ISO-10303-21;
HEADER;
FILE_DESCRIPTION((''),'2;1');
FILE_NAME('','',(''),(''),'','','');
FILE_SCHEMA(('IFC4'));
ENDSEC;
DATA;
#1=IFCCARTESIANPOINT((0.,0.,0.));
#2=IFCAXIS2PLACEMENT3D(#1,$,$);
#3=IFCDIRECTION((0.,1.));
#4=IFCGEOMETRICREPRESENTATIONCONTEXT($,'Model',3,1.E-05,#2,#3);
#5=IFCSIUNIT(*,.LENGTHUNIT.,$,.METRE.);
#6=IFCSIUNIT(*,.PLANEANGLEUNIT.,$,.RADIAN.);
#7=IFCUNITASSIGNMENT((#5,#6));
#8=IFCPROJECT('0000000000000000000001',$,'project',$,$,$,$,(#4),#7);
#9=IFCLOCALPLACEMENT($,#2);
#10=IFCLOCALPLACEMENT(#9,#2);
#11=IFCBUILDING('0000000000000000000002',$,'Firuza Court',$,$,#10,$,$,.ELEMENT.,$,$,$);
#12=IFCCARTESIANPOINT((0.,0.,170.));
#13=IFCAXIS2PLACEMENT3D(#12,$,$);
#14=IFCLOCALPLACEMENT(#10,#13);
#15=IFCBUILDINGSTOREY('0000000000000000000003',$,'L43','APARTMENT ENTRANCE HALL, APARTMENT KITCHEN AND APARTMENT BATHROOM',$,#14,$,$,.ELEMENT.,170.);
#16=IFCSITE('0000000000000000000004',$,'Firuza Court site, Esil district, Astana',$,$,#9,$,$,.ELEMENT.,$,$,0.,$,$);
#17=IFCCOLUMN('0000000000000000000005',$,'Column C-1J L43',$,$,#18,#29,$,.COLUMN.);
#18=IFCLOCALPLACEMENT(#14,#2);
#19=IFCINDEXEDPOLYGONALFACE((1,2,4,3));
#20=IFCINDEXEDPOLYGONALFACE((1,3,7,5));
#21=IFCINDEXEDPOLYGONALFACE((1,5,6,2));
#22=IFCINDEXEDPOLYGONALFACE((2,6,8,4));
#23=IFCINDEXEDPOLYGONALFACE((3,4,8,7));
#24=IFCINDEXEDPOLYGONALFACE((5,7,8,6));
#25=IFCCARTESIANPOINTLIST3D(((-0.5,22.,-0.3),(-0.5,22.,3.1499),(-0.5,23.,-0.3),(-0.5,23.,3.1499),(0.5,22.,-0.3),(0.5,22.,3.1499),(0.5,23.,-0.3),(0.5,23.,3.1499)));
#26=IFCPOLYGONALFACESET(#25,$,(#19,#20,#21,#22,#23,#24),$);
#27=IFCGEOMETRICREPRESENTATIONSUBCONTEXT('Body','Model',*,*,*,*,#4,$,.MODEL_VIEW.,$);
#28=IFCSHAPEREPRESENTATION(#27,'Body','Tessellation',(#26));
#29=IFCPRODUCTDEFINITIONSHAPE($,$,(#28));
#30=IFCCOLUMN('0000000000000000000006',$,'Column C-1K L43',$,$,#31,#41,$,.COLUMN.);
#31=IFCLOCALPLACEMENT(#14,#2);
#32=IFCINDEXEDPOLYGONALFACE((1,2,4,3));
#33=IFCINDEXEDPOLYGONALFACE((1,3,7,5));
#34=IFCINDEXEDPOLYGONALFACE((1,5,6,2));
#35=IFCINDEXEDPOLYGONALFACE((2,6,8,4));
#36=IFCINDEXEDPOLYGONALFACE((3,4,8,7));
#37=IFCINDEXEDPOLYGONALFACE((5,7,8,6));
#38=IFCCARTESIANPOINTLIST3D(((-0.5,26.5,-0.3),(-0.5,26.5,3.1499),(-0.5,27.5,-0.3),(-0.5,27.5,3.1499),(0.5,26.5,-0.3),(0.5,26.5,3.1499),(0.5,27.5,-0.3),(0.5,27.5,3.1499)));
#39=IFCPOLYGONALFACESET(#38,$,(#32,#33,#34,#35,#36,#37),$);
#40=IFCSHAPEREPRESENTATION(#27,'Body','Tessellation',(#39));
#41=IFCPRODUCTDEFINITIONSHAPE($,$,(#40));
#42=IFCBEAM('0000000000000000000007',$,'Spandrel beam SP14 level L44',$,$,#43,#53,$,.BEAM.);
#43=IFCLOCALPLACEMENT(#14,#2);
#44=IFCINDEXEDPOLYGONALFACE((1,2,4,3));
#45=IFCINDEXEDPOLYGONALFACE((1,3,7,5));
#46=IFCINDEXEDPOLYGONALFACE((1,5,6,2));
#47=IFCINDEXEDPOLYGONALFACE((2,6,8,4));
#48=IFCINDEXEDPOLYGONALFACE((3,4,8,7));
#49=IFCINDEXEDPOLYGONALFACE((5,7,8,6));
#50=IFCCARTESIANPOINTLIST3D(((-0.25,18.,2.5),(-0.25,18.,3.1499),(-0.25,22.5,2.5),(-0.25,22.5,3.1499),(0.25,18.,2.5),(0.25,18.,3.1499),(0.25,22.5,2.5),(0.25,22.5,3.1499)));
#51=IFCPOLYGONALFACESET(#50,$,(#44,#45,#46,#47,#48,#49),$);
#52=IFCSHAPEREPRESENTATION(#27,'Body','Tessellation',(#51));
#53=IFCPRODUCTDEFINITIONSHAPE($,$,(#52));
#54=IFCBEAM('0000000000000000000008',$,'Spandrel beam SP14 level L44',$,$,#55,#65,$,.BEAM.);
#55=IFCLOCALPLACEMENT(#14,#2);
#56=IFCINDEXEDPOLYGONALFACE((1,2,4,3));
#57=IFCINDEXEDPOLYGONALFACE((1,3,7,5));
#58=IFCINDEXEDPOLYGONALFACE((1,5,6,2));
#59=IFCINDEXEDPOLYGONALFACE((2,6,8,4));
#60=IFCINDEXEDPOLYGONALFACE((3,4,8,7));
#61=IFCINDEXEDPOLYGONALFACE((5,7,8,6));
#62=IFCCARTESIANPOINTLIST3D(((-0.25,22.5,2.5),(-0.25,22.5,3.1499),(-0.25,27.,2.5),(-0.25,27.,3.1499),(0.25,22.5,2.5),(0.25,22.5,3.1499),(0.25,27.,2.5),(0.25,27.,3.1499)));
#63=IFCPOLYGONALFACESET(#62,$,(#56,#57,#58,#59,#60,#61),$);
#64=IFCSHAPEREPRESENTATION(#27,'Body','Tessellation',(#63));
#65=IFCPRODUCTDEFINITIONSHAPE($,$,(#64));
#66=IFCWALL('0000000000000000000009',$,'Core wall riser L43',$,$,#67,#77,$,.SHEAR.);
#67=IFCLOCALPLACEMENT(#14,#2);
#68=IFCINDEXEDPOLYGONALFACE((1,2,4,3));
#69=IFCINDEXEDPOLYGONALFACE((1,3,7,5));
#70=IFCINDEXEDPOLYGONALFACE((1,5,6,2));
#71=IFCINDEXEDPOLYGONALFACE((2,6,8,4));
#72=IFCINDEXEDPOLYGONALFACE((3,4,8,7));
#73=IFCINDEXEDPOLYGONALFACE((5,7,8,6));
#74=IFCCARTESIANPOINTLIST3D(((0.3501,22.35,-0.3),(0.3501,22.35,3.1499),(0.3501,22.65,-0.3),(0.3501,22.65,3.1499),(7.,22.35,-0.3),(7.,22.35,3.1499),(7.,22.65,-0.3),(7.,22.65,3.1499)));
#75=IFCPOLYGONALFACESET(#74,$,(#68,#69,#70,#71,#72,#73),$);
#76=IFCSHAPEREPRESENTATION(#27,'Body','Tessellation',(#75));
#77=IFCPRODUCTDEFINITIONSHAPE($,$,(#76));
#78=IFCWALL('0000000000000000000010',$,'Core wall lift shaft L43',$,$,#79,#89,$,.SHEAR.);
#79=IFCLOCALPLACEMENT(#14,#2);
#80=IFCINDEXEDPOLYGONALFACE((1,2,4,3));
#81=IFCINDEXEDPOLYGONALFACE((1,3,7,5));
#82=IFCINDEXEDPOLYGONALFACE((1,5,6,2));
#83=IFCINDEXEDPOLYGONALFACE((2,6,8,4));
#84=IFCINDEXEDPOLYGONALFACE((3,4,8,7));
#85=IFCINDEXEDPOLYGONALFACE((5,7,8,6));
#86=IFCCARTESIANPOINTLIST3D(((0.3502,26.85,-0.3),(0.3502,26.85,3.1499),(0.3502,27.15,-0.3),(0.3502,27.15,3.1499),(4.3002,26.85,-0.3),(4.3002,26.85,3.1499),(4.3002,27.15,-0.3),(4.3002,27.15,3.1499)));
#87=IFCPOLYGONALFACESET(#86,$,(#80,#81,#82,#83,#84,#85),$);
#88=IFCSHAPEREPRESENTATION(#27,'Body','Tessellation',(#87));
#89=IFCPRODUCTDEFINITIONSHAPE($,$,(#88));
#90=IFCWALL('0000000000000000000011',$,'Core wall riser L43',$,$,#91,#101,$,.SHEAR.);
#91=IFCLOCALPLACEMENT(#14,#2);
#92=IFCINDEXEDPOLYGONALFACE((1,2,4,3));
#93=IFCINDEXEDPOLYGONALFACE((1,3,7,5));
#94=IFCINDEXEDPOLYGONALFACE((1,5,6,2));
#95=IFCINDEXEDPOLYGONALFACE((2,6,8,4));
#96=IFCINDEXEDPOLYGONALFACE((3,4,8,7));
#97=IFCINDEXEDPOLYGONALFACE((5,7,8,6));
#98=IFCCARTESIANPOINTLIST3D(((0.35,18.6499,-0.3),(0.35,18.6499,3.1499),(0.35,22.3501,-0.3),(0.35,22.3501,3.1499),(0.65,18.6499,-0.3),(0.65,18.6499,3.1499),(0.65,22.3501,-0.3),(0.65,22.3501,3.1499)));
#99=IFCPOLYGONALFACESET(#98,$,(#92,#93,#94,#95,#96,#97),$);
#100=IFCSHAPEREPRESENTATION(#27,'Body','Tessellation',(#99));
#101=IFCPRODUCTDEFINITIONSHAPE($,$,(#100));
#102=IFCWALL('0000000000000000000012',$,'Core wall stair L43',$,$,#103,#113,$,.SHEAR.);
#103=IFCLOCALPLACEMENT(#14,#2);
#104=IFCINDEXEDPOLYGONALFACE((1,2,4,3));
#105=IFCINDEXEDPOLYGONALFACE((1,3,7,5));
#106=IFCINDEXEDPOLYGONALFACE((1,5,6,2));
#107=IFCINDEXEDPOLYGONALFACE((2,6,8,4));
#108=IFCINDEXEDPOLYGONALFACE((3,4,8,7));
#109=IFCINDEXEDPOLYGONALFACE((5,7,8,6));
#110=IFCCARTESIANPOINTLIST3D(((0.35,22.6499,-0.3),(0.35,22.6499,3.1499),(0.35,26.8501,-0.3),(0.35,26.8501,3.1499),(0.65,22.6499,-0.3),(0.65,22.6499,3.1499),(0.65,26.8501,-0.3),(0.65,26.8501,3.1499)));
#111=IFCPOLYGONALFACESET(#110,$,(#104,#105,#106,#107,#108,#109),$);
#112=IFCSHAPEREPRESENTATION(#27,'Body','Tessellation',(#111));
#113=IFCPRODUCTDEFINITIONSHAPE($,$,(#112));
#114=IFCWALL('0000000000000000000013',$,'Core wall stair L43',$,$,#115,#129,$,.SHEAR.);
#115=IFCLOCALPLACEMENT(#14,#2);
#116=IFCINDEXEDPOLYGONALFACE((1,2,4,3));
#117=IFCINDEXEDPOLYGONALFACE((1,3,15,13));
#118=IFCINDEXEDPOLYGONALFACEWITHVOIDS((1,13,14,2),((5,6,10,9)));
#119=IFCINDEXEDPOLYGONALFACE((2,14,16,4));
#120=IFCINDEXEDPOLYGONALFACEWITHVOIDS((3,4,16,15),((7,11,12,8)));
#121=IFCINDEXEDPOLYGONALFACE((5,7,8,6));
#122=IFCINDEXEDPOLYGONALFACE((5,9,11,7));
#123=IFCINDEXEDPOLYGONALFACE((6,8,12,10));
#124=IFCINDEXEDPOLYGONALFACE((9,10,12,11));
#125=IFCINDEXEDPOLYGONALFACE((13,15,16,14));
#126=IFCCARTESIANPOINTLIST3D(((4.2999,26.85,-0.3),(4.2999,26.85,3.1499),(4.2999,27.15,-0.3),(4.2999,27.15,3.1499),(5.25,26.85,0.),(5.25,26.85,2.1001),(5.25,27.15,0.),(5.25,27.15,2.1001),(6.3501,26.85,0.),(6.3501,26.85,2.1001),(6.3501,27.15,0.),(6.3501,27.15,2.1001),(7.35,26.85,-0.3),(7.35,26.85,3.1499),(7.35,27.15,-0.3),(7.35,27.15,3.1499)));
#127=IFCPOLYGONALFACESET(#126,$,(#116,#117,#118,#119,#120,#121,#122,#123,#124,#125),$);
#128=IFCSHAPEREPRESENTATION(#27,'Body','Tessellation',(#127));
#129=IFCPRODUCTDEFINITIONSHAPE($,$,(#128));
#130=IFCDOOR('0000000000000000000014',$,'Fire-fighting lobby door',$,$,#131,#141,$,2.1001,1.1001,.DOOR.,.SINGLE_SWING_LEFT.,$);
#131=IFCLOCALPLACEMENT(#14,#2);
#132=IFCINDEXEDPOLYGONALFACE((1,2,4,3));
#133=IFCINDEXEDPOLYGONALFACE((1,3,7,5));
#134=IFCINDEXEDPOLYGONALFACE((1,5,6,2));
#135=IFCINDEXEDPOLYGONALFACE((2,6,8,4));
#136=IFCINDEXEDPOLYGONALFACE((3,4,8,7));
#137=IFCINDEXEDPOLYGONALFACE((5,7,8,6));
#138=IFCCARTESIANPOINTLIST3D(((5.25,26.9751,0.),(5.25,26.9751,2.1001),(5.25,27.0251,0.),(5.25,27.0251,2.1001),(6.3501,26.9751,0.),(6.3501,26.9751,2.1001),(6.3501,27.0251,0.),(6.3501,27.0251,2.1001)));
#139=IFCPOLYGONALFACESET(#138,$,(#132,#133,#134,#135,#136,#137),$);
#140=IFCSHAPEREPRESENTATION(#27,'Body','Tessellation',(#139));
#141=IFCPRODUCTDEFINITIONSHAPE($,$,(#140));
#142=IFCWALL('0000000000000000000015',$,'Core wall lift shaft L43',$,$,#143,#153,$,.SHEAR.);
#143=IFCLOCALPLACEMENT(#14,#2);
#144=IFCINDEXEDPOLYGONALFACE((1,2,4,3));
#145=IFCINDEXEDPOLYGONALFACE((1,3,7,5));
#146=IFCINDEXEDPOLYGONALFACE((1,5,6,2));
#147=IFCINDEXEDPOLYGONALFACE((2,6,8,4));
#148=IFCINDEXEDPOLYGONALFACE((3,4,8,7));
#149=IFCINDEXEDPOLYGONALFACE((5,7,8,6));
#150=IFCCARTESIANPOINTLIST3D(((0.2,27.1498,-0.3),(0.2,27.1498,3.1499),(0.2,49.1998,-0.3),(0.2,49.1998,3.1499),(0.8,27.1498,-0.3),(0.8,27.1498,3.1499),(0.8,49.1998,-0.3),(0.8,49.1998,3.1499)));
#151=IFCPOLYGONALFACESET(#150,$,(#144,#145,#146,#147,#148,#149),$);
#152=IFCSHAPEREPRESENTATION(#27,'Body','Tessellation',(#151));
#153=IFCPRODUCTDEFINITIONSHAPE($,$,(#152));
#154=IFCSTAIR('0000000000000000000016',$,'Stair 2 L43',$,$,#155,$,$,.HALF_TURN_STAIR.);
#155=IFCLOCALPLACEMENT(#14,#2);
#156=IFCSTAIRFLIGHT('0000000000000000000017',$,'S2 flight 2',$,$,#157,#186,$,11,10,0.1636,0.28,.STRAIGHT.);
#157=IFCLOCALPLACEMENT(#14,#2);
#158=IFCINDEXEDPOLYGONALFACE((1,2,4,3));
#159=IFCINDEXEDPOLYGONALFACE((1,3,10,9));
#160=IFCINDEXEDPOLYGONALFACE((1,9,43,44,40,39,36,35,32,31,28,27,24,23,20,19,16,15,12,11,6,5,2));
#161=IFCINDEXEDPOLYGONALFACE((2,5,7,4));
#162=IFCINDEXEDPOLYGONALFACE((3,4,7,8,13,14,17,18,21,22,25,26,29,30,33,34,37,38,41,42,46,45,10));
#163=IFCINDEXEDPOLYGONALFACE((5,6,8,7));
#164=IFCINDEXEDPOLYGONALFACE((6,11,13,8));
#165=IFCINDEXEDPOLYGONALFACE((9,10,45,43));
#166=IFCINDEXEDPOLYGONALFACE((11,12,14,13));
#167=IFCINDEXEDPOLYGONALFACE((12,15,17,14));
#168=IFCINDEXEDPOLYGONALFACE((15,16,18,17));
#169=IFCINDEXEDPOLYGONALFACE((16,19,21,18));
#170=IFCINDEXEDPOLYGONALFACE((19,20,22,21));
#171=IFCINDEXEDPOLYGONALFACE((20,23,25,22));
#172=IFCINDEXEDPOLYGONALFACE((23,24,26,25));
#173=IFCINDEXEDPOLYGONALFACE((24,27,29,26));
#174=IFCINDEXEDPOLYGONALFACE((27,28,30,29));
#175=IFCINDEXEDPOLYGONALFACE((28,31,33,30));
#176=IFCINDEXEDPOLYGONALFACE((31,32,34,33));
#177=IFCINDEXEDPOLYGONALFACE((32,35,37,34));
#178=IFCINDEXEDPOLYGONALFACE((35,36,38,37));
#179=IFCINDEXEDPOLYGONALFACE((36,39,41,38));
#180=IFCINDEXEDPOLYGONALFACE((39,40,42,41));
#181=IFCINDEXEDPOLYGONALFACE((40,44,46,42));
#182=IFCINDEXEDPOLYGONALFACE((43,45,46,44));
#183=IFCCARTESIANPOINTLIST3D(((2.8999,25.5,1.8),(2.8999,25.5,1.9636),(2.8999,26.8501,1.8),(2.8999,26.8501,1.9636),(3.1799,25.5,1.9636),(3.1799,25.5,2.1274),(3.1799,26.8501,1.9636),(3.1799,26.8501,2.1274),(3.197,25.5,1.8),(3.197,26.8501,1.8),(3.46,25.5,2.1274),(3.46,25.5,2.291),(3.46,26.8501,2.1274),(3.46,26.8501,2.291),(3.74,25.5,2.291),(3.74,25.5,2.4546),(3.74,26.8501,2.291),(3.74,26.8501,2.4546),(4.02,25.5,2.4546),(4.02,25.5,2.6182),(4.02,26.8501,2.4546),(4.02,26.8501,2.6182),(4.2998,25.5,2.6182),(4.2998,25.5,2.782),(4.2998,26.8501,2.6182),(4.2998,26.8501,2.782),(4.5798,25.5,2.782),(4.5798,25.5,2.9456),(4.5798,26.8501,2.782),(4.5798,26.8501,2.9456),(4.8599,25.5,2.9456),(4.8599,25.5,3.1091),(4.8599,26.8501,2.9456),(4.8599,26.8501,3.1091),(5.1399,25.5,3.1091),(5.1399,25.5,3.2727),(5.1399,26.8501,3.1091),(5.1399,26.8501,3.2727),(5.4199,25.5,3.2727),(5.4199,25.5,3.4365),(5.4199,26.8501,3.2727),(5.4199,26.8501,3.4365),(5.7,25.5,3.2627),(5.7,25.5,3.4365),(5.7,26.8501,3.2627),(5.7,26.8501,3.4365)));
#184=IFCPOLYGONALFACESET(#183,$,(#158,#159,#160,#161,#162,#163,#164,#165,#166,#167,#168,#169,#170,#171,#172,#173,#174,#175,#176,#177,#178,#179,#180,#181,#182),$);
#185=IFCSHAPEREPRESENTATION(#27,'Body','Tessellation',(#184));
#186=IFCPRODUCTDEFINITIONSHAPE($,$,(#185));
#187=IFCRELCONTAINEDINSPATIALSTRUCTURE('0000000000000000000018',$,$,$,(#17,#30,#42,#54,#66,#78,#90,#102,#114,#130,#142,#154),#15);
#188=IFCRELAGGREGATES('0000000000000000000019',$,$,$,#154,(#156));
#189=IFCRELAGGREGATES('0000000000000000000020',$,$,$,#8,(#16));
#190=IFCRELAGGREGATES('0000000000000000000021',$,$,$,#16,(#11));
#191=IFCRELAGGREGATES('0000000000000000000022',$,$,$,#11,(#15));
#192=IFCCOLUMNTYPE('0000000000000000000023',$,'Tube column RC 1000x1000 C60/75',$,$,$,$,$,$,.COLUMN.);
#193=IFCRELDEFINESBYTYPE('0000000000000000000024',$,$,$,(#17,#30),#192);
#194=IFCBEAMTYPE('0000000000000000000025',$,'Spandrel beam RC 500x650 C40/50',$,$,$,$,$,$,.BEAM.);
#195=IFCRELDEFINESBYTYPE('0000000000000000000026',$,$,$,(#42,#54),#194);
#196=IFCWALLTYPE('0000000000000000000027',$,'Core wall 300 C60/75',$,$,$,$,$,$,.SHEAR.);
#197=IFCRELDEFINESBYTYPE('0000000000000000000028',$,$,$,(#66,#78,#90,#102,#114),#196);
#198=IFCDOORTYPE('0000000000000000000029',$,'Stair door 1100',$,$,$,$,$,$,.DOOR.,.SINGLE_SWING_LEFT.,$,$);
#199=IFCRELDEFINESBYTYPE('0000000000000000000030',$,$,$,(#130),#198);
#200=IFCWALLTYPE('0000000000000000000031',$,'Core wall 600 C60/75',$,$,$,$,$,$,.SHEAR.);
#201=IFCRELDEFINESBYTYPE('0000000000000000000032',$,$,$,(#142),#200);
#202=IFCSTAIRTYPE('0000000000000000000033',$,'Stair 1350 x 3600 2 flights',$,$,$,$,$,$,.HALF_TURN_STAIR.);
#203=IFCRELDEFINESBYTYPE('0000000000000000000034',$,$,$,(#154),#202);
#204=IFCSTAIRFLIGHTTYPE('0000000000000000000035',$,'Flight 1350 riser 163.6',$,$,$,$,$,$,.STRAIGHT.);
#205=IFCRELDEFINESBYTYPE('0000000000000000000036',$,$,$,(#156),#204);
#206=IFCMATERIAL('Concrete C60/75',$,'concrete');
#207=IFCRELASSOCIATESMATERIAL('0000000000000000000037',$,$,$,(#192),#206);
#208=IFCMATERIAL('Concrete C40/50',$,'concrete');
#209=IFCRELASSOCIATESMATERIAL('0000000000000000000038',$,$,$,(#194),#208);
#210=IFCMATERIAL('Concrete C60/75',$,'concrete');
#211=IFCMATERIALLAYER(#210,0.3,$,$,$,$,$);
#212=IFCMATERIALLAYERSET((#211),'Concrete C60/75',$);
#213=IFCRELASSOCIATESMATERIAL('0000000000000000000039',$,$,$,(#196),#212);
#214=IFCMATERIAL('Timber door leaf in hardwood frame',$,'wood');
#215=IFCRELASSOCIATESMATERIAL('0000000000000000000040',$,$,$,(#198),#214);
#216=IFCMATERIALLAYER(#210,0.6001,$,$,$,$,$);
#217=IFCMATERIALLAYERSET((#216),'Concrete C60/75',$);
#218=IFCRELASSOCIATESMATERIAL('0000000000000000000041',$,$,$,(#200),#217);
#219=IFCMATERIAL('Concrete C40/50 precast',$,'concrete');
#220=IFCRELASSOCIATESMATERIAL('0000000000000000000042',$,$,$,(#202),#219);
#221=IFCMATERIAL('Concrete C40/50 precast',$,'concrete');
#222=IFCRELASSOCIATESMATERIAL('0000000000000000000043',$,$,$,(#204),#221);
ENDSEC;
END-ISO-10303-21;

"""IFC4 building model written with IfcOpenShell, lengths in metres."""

from ifc_helpers import new_model, si_unit, direction, frame, frame_2d, origin, origin_2d, place, context, subcontext, project, spatial, polyline, rectangle, outline, extrude, material, layer, layer_set, material_profile, profile_set, type_object, element, fill, aggregate, save


model = new_model("IFC4")

# Units and contexts
model_context = context("Model", 3, precision=1e-05, world=origin(), true_north=direction((0.0, 1.0)))
body_context = subcontext(model_context, "Body", "Model", "MODEL_VIEW")
ifc_project = project(units=[si_unit("LENGTHUNIT", "METRE"), si_unit("PLANEANGLEUNIT", "RADIAN")], contexts=[model_context])

# Site, building, storey
site_placement = place(None, origin())
site = spatial("IfcSite", under=ifc_project, at=site_placement, Name="Firuza Court site, Esil district, Astana", CompositionType="ELEMENT", RefElevation=0.0)
building_placement = place(site_placement, origin())
building = spatial("IfcBuilding", under=site, at=building_placement, Name="Firuza Court", CompositionType="ELEMENT")
storey_placement = place(building_placement, frame((0.0, 0.0, 170.0)))
storey = spatial("IfcBuildingStorey", under=building, at=storey_placement, Name="L43", Description="APARTMENT ENTRANCE HALL, APARTMENT KITCHEN AND APARTMENT BATHROOM", CompositionType="ELEMENT", Elevation=170.0)

# Columns
ifc_material_1 = material(Name="Concrete C60/75", Category="concrete")
ifc_material_profile_1 = material_profile(ifc_material_1, rectangle(XDim=1.0, YDim=1.0, at=origin_2d()), Name="RC 1000x1000")
ifc_profile_set_1 = profile_set([ifc_material_profile_1], Name="Concrete C60/75")
column_type = type_object("IfcColumnType", Name="Tube column RC 1000x1000 C60/75", PredefinedType="COLUMN", material=ifc_profile_set_1)
for number, where, z_axis, x_axis, name in (
    (1, (0.0, 22.5, -0.3), (0.0, 0.0, 1.0), (1.0, 0.0, 0.0), "Column C-1J L43"),
    (2, (0.0, 27.0, -0.3), (0.0, 0.0, 1.0), (1.0, 0.0, 0.0), "Column C-1K L43"),
):
    element("IfcColumn", number, at=place(storey_placement, frame(where, z_axis=z_axis, x_axis=x_axis)), inside=storey, type_object=column_type, Name=name, PredefinedType="COLUMN", context=body_context, shape_type="SweptSolid", body=[
        extrude(rectangle(XDim=1.0, YDim=1.0, at=origin_2d()), origin(), (0.0, 0.0, 1.0), 3.45),
    ])

# Beams
ifc_material_2 = material(Name="Concrete C40/50", Category="concrete")
ifc_material_profile_2 = material_profile(ifc_material_2, rectangle(XDim=0.5, YDim=0.6499, at=origin_2d()), Name="RC 500x650")
ifc_profile_set_2 = profile_set([ifc_material_profile_2], Name="Concrete C40/50")
beam_type = type_object("IfcBeamType", Name="Spandrel beam RC 500x650 C40/50", PredefinedType="BEAM", material=ifc_profile_set_2)
for number, where, z_axis, x_axis, name in (
    (3, (0.0, 22.5, 2.825), (0.0, -1.0, 0.0), (1.0, 0.0, 0.0), "Spandrel beam SP14 level L44"),
    (4, (0.0, 27.0, 2.825), (0.0, -1.0, 0.0), (1.0, 0.0, 0.0), "Spandrel beam SP14 level L44"),
):
    element("IfcBeam", number, at=place(storey_placement, frame(where, z_axis=z_axis, x_axis=x_axis)), inside=storey, type_object=beam_type, Name=name, PredefinedType="BEAM", context=body_context, shape_type="SweptSolid", body=[
        extrude(rectangle(XDim=0.5, YDim=0.6499, at=origin_2d()), origin(), (0.0, 0.0, 1.0), 4.5),
    ])

# Walls
ifc_material_3 = material(Name="Concrete C60/75", Category="concrete")
ifc_layer_1 = layer(ifc_material_3, 0.3)
ifc_layer_set_1 = layer_set([ifc_layer_1], Name="Concrete C60/75")
wall_type_1 = type_object("IfcWallType", Name="Core wall 300 C60/75", PredefinedType="SHEAR", material=ifc_layer_set_1)
wall_1_placement = place(storey_placement, frame((0.3501, 22.5, -0.3), z_axis=(0.0, 0.0, 1.0), x_axis=(1.0, 0.0, 0.0)))
element("IfcWall", 5, at=wall_1_placement, inside=storey, type_object=wall_type_1, Name="Core wall riser L43", PredefinedType="SHEAR", context=body_context, shape_type="SweptSolid", body=[
    extrude(rectangle(XDim=6.6499, YDim=0.3, at=frame_2d((3.325, 0.0))), origin(), (0.0, 0.0, 1.0), 3.45),
])
wall_2_placement = place(storey_placement, frame((0.3501, 27.0, -0.3), z_axis=(0.0, 0.0, 1.0), x_axis=(1.0, 0.0, 0.0)))
element("IfcWall", 6, at=wall_2_placement, inside=storey, type_object=wall_type_1, Name="Core wall lift shaft L43", PredefinedType="SHEAR", context=body_context, shape_type="SweptSolid", body=[
    extrude(rectangle(XDim=3.95, YDim=0.3, at=frame_2d((1.9751, 0.0))), origin(), (0.0, 0.0, 1.0), 3.45),
])
wall_3_placement = place(storey_placement, frame((0.5, 18.6499, -0.3), z_axis=(0.0, 0.0, 1.0), x_axis=(0.0, 1.0, 0.0)))
element("IfcWall", 7, at=wall_3_placement, inside=storey, type_object=wall_type_1, Name="Core wall riser L43", PredefinedType="SHEAR", context=body_context, shape_type="SweptSolid", body=[
    extrude(rectangle(XDim=3.7002, YDim=0.3, at=frame_2d((1.8501, 0.0))), origin(), (0.0, 0.0, 1.0), 3.45),
])
wall_4_placement = place(storey_placement, frame((0.5, 22.6499, -0.3), z_axis=(0.0, 0.0, 1.0), x_axis=(0.0, 1.0, 0.0)))
element("IfcWall", 8, at=wall_4_placement, inside=storey, type_object=wall_type_1, Name="Core wall stair L43", PredefinedType="SHEAR", context=body_context, shape_type="SweptSolid", body=[
    extrude(rectangle(XDim=4.2002, YDim=0.3, at=frame_2d((2.1001, 0.0))), origin(), (0.0, 0.0, 1.0), 3.45),
])

# Wall, opening, door
wall_5_placement = place(storey_placement, frame((4.3, 27.0, -0.3), z_axis=(0.0, 0.0, 1.0), x_axis=(1.0, 0.0, 0.0)))
wall_5 = element("IfcWall", 9, at=wall_5_placement, inside=storey, type_object=wall_type_1, Name="Core wall stair L43", PredefinedType="SHEAR", context=body_context, shape_type="SweptSolid", body=[
    extrude(rectangle(XDim=3.05, YDim=0.3, at=frame_2d((1.5249, 0.0))), origin(), (0.0, 0.0, 1.0), 3.45),
])
opening_placement = place(wall_5_placement, frame((0.95, 0.0, 0.3)))
opening = element("IfcOpeningElement", 10, at=opening_placement, cuts=wall_5, PredefinedType="OPENING", context=body_context, shape_type="SweptSolid", body=[
    extrude(rectangle(XDim=1.1001, YDim=2.1001, at=frame_2d((0.55, 1.05))), frame((0.0, 0.1621, 0.0), z_axis=(0.0, -1.0, 0.0), x_axis=(1.0, 0.0, 0.0)), (0.0, 0.0, 1.0), 0.324),
])
ifc_material_4 = material(Name="Timber door leaf in hardwood frame", Category="wood")
door_type = type_object("IfcDoorType", Name="Stair door 1100", OperationType="SINGLE_SWING_LEFT", PredefinedType="DOOR", material=ifc_material_4)
door_placement = place(opening_placement, frame((1.1001, 0.0, 0.0), z_axis=(0.0, 0.0, 1.0), x_axis=(-1.0, 0.0, 0.0)))
door = element("IfcDoor", 11, at=door_placement, inside=storey, type_object=door_type, Name="Fire-fighting lobby door", OperationType="SINGLE_SWING_LEFT", OverallHeight=2.1001, OverallWidth=1.1001, PredefinedType="DOOR", context=body_context, shape_type="SweptSolid", body=[
    extrude(rectangle(XDim=1.1001, YDim=2.1001, at=frame_2d((0.55, 1.05))), frame((0.0, 0.0249, 0.0), z_axis=(0.0, -1.0, 0.0), x_axis=(1.0, 0.0, 0.0)), (0.0, 0.0, 1.0), 0.05),
])
fill(opening, door)

# Wall
ifc_layer_2 = layer(ifc_material_3, 0.6001)
ifc_layer_set_2 = layer_set([ifc_layer_2], Name="Concrete C60/75")
wall_type_2 = type_object("IfcWallType", Name="Core wall 600 C60/75", PredefinedType="SHEAR", material=ifc_layer_set_2)
wall_6_placement = place(storey_placement, frame((0.5, 27.1499, -0.3), z_axis=(0.0, 0.0, 1.0), x_axis=(0.0, 1.0, 0.0)))
element("IfcWall", 12, at=wall_6_placement, inside=storey, type_object=wall_type_2, Name="Core wall lift shaft L43", PredefinedType="SHEAR", context=body_context, shape_type="SweptSolid", body=[
    extrude(rectangle(XDim=22.05, YDim=0.6001, at=frame_2d((11.0249, 0.0))), origin(), (0.0, 0.0, 1.0), 3.45),
])

# Stair, stair flight
ifc_material_5 = material(Name="Concrete C40/50 precast", Category="concrete")
stair_type = type_object("IfcStairType", Name="Stair 1350 x 3600 2 flights", PredefinedType="HALF_TURN_STAIR", material=ifc_material_5)
stair_placement = place(storey_placement, origin())
stair = element("IfcStair", 13, at=stair_placement, inside=storey, type_object=stair_type, Name="Stair 2 L43", PredefinedType="HALF_TURN_STAIR")
ifc_material_6 = material(Name="Concrete C40/50 precast", Category="concrete")
stair_flight_type = type_object("IfcStairFlightType", Name="Flight 1350 riser 163.6", PredefinedType="STRAIGHT", material=ifc_material_6)
stair_flight_placement = place(storey_placement, frame((2.8999, 26.175, 1.8), z_axis=(0.0, 0.0, 1.0), x_axis=(1.0, 0.0, 0.0)))
stair_flight = element("IfcStairFlight", 14, at=stair_flight_placement, type_object=stair_flight_type, Name="S2 flight 2", NumberOfRisers=11, NumberOfTreads=10, PredefinedType="STRAIGHT", RiserHeight=0.1636, TreadLength=0.28, context=body_context, shape_type="SweptSolid", body=[
    extrude(outline(polyline([(0.0, 0.0), (0.0, 0.1636), (0.28, 0.1636), (0.28, 0.3274), (0.5601, 0.3274), (0.5601, 0.491), (0.8401, 0.491), (0.8401, 0.6545), (1.1201, 0.6545), (1.1201, 0.8181), (1.3999, 0.8181), (1.3999, 0.9819), (1.6799, 0.9819), (1.6799, 1.1455), (1.96, 1.1455), (1.96, 1.3091), (2.24, 1.3091), (2.24, 1.4727), (2.52, 1.4727), (2.52, 1.6365), (2.8, 1.6365), (2.8, 1.8), (2.8, 1.4626), (0.2971, 0.0), (0.0, 0.0)])), frame((0.0, 0.675, 0.0), z_axis=(0.0, -1.0, 0.0), x_axis=(1.0, 0.0, 0.0)), (0.0, 0.0, 1.0), 1.3501),
])
aggregate(stair, [stair_flight])

save(model, "model.ifc")
